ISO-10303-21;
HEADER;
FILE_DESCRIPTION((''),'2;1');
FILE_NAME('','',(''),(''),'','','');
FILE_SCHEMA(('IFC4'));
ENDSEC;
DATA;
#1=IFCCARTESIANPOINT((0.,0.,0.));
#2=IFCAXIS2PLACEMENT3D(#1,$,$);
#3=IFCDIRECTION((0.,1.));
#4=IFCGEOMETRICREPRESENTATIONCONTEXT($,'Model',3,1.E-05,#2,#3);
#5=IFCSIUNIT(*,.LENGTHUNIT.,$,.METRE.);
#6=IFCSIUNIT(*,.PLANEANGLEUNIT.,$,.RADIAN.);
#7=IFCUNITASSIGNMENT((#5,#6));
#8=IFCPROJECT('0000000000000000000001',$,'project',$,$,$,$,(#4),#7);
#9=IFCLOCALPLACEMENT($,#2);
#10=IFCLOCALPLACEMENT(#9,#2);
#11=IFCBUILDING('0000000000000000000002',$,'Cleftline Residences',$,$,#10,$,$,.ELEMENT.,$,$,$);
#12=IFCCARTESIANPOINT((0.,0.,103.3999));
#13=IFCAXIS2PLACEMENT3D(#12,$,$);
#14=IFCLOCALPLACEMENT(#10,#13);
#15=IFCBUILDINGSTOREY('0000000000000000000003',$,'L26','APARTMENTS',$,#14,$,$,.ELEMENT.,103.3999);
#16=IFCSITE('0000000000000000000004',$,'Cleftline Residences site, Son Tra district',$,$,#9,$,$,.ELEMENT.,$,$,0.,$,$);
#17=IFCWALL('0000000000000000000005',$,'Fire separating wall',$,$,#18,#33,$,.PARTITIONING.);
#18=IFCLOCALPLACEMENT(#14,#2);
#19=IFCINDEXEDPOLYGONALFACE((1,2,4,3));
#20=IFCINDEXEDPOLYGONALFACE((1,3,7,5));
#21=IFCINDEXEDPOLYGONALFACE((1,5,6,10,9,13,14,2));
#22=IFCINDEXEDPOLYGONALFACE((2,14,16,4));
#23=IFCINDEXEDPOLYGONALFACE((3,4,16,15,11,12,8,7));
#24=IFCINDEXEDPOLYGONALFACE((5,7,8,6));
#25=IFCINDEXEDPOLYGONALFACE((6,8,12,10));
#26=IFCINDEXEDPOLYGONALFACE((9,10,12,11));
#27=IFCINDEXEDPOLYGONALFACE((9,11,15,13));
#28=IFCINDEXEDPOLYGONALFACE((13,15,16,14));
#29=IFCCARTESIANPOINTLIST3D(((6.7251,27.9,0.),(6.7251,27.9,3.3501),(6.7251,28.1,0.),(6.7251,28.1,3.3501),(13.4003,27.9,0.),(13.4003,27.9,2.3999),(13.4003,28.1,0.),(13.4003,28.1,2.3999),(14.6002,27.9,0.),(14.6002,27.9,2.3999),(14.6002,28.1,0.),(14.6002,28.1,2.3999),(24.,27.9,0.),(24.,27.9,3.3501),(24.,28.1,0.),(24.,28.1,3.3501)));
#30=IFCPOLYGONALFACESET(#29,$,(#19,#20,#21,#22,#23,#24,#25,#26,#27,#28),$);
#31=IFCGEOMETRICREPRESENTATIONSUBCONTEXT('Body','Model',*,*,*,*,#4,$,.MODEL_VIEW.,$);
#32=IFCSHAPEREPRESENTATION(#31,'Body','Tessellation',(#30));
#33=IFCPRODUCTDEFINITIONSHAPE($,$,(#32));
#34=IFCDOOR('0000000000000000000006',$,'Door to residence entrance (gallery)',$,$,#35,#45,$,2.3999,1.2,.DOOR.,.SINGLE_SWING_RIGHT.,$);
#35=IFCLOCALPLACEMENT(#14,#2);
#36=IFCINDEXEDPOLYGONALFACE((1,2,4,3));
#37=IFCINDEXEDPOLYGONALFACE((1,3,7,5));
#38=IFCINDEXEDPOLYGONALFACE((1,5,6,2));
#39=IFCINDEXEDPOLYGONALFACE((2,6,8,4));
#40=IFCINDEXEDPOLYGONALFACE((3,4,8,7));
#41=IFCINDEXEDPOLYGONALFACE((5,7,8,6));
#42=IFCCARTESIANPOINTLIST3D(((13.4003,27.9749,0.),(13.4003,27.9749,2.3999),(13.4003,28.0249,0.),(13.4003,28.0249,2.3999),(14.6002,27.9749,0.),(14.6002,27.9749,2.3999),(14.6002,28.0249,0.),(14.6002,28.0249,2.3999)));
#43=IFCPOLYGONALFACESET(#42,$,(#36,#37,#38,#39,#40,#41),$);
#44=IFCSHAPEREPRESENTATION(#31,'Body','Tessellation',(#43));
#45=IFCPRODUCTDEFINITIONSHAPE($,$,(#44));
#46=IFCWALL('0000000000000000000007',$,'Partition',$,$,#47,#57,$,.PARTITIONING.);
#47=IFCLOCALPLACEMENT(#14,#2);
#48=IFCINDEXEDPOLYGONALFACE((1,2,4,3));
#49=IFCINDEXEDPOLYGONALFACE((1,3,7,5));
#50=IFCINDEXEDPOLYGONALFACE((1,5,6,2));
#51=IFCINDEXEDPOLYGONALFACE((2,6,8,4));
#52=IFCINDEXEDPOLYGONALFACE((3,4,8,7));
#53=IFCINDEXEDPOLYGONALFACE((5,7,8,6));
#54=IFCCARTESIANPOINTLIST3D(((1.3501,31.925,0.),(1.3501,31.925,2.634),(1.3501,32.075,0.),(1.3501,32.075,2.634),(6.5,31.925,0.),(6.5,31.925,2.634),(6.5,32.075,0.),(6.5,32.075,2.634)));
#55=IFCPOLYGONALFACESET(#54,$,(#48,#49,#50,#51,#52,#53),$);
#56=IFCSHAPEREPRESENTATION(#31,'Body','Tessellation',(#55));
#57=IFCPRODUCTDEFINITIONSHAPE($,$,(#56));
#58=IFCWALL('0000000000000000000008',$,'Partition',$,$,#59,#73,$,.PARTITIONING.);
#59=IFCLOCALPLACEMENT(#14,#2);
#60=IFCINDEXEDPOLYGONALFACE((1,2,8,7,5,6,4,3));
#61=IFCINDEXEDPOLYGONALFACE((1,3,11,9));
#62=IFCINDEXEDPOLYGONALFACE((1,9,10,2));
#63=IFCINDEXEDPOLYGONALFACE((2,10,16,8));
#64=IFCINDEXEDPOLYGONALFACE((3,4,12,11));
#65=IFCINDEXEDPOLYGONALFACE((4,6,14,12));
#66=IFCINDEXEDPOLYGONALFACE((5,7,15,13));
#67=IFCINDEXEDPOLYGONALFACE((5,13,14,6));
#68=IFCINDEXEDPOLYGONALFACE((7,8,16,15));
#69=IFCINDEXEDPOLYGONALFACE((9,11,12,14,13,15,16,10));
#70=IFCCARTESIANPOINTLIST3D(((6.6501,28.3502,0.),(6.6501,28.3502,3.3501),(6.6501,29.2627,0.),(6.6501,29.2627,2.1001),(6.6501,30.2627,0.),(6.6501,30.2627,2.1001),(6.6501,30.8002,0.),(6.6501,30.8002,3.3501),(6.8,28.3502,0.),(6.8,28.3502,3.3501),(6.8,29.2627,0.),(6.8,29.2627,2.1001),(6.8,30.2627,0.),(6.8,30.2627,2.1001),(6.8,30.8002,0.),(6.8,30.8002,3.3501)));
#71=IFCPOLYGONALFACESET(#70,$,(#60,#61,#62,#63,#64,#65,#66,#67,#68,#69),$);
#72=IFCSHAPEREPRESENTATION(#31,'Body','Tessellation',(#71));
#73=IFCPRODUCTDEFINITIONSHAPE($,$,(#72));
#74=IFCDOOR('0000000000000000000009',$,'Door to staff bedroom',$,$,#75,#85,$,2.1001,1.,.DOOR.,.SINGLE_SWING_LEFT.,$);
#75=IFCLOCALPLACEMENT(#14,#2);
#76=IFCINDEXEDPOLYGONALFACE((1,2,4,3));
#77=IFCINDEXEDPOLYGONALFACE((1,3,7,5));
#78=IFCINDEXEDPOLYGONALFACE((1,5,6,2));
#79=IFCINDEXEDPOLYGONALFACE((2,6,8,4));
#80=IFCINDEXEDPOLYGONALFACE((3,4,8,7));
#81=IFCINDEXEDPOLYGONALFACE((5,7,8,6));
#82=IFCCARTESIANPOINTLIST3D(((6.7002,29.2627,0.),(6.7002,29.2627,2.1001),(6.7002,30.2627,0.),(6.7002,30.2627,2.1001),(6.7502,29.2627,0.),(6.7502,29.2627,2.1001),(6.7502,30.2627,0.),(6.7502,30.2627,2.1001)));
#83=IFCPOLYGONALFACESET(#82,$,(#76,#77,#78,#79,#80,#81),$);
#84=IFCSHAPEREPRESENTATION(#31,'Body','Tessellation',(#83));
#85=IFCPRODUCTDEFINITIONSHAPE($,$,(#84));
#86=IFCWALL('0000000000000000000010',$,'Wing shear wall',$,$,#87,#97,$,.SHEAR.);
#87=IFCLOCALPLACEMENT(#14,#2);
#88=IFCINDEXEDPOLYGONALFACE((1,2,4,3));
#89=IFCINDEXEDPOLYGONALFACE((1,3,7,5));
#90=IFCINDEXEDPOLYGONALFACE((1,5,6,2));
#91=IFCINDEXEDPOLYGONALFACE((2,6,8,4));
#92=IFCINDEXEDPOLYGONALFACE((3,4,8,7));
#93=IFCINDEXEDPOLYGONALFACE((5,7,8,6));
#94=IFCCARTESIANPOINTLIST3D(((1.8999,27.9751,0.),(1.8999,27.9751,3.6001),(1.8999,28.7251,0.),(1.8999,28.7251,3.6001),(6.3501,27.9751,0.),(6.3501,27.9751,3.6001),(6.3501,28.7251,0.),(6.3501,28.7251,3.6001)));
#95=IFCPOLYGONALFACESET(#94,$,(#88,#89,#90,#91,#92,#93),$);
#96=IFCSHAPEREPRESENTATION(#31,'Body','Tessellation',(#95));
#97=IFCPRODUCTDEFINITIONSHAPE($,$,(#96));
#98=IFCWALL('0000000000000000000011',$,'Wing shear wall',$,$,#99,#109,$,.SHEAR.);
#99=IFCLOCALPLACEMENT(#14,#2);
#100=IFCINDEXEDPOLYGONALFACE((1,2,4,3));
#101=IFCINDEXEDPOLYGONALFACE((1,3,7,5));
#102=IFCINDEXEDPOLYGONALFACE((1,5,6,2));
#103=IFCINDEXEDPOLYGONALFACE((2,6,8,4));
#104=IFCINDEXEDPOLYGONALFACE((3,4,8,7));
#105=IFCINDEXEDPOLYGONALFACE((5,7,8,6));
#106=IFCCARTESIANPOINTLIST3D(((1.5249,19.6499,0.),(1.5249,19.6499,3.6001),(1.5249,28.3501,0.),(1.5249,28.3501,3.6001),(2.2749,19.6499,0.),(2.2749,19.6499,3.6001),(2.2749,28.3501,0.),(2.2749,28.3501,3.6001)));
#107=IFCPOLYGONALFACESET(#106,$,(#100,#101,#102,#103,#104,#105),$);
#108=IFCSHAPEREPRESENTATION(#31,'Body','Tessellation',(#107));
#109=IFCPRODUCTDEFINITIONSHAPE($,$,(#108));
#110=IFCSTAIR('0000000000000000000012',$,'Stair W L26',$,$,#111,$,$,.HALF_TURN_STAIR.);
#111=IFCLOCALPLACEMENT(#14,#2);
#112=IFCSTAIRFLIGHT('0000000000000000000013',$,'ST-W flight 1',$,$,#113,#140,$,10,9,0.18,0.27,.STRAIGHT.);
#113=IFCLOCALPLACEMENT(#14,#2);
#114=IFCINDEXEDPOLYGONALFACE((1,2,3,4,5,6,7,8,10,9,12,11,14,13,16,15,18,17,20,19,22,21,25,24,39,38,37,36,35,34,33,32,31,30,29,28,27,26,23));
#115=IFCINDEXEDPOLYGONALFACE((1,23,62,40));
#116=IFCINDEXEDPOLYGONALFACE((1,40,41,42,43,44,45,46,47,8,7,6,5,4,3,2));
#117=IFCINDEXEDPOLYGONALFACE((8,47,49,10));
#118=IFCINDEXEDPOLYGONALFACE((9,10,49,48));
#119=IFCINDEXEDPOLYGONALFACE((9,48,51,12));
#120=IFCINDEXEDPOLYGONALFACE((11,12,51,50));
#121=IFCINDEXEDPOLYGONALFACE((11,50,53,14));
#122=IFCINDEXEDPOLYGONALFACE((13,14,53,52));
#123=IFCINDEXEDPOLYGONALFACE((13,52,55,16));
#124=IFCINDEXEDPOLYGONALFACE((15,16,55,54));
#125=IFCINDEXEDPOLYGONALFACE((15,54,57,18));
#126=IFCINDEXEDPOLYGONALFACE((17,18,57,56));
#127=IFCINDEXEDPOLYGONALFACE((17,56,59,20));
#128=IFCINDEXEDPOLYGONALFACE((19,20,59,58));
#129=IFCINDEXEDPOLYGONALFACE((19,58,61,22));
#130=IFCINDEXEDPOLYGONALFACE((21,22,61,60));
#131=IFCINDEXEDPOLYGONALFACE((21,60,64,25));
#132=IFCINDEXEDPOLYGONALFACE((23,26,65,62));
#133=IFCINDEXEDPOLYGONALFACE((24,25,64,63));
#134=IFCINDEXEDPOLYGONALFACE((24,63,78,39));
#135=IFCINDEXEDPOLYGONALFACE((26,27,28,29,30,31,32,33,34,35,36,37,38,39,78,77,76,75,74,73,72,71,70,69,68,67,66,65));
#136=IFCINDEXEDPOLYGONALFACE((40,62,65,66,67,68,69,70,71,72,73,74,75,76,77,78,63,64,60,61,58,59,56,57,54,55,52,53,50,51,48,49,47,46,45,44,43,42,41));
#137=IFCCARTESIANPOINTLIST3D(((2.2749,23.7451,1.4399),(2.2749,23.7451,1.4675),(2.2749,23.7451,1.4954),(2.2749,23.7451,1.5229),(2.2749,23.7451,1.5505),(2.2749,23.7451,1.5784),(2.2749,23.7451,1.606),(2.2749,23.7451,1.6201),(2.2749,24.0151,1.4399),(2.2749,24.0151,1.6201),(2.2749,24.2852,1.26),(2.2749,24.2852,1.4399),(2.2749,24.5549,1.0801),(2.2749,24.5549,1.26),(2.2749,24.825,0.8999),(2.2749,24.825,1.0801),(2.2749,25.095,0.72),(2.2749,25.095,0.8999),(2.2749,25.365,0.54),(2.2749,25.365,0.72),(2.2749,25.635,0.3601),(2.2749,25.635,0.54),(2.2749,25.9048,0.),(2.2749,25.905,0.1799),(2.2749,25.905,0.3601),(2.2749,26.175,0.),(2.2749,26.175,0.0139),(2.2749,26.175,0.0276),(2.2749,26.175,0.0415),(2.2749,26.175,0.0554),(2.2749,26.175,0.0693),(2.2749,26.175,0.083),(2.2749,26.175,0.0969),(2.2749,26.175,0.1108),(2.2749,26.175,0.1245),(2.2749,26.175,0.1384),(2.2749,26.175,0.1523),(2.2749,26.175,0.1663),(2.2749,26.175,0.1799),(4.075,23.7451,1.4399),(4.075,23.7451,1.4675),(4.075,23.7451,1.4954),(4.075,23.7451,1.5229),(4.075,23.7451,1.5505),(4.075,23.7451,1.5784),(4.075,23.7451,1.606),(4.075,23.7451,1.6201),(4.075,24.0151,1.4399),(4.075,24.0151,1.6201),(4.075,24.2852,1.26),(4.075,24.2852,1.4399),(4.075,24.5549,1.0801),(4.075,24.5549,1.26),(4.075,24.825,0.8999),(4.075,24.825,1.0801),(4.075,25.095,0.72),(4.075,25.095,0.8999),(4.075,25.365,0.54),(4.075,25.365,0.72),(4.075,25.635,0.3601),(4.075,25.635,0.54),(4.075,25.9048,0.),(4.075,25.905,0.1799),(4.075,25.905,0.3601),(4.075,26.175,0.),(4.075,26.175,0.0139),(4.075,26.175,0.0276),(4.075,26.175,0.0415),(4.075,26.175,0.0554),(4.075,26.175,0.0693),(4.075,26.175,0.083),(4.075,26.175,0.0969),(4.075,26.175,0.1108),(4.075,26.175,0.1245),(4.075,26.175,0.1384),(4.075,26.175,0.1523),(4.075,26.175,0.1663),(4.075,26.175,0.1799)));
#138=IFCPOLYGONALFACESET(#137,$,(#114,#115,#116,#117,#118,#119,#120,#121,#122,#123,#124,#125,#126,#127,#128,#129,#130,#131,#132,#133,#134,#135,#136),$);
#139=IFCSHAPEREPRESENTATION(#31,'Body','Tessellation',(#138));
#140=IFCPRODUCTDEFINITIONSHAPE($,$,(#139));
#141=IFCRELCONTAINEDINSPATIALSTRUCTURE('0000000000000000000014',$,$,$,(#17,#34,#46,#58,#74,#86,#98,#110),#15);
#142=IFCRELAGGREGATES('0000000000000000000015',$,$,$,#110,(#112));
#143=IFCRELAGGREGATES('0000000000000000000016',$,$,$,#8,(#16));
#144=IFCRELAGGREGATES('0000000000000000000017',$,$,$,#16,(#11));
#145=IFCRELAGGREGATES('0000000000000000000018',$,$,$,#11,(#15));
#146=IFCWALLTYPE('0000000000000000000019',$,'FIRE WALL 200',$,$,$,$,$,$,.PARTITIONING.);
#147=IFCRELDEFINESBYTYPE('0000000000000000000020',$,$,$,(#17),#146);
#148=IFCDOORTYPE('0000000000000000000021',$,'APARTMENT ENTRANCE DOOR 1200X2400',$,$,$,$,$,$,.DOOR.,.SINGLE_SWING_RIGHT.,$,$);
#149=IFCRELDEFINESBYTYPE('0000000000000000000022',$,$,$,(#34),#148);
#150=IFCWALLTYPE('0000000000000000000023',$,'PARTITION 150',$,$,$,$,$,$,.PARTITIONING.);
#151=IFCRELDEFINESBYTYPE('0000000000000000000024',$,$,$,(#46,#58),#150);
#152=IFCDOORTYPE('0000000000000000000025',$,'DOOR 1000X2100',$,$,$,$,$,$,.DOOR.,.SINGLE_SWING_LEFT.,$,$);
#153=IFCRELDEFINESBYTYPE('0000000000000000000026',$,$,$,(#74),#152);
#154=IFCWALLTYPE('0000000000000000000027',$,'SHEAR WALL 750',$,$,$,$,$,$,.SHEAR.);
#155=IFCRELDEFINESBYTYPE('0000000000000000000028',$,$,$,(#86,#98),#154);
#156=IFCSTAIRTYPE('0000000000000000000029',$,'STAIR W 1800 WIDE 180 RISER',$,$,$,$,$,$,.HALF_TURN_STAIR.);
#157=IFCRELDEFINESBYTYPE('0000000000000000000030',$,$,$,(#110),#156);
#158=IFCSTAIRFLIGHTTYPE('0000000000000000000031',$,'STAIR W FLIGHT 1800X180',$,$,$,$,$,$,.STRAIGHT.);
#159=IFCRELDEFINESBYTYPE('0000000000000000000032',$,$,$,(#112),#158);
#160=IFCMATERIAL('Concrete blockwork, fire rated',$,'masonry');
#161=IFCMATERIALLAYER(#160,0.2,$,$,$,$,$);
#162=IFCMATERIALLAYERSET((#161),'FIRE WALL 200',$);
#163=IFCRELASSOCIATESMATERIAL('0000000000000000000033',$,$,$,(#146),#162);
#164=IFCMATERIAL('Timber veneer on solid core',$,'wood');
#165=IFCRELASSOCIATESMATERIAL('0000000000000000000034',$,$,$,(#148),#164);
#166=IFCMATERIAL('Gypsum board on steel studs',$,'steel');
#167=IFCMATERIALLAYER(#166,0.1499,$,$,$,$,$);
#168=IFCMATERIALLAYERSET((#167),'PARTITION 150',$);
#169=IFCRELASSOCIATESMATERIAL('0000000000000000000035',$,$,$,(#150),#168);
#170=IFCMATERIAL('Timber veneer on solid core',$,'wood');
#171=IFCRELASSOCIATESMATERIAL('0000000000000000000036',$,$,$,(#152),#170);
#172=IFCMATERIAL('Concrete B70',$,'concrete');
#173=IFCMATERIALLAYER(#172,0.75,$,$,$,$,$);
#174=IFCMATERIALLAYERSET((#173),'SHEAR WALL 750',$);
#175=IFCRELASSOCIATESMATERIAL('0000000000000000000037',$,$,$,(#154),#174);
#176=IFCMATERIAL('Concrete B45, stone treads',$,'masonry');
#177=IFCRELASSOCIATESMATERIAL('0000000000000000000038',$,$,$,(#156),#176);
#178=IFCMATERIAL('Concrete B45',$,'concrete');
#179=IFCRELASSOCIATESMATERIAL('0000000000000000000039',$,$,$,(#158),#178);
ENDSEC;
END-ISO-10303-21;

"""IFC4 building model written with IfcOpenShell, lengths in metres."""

from ifc_helpers import new_model, si_unit, direction, frame, frame_2d, origin, place, context, subcontext, project, spatial, polyline, rectangle, outline, extrude, material, layer, layer_set, type_object, element, fill, aggregate, save


model = new_model("IFC4")

# Units and contexts
model_context = context("Model", 3, precision=1e-05, world=origin(), true_north=direction((0.0, 1.0)))
body_context = subcontext(model_context, "Body", "Model", "MODEL_VIEW")
ifc_project = project(units=[si_unit("LENGTHUNIT", "METRE"), si_unit("PLANEANGLEUNIT", "RADIAN")], contexts=[model_context])

# Site, building, storey
site_placement = place(None, origin())
site = spatial("IfcSite", under=ifc_project, at=site_placement, Name="Cleftline Residences site, Son Tra district", CompositionType="ELEMENT", RefElevation=0.0)
building_placement = place(site_placement, origin())
building = spatial("IfcBuilding", under=site, at=building_placement, Name="Cleftline Residences", CompositionType="ELEMENT")
storey_placement = place(building_placement, frame((0.0, 0.0, 103.3999)))
storey = spatial("IfcBuildingStorey", under=building, at=storey_placement, Name="L26", Description="APARTMENTS", CompositionType="ELEMENT", Elevation=103.3999)

# Wall, opening, door
ifc_material_1 = material(Name="Concrete blockwork, fire rated", Category="masonry")
ifc_layer_1 = layer(ifc_material_1, 0.2)
ifc_layer_set_1 = layer_set([ifc_layer_1], Name="FIRE WALL 200")
wall_type_1 = type_object("IfcWallType", Name="FIRE WALL 200", PredefinedType="PARTITIONING", material=ifc_layer_set_1)
wall_1_placement = place(storey_placement, frame((6.7251, 28.0, 0.0), z_axis=(0.0, 0.0, 1.0), x_axis=(1.0, 0.0, 0.0)))
wall_1 = element("IfcWall", 1, at=wall_1_placement, inside=storey, type_object=wall_type_1, Name="Fire separating wall", PredefinedType="PARTITIONING", context=body_context, shape_type="SweptSolid", body=[
    extrude(rectangle(XDim=17.2749, YDim=0.2, at=frame_2d((8.6375, 0.0))), origin(), (0.0, 0.0, 1.0), 3.3501),
])
opening_1_placement = place(wall_1_placement, frame((6.675, 0.0, 0.0)))
opening_1 = element("IfcOpeningElement", 2, at=opening_1_placement, cuts=wall_1, PredefinedType="OPENING", context=body_context, shape_type="SweptSolid", body=[
    extrude(rectangle(XDim=1.2, YDim=2.3999, at=frame_2d((0.6001, 1.2))), frame((0.0, 0.1099, 0.0), z_axis=(0.0, -1.0, 0.0), x_axis=(1.0, 0.0, 0.0)), (0.0, 0.0, 1.0), 0.22),
])
ifc_material_2 = material(Name="Timber veneer on solid core", Category="wood")
door_type_1 = type_object("IfcDoorType", Name="APARTMENT ENTRANCE DOOR 1200X2400", OperationType="SINGLE_SWING_RIGHT", PredefinedType="DOOR", material=ifc_material_2)
door_1_placement = place(opening_1_placement, origin())
door_1 = element("IfcDoor", 3, at=door_1_placement, inside=storey, type_object=door_type_1, Name="Door to residence entrance (gallery)", OperationType="SINGLE_SWING_RIGHT", OverallHeight=2.3999, OverallWidth=1.2, PredefinedType="DOOR", context=body_context, shape_type="SweptSolid", body=[
    extrude(rectangle(XDim=1.2, YDim=2.3999, at=frame_2d((0.6001, 1.2))), frame((0.0, 0.0249, 0.0), z_axis=(0.0, -1.0, 0.0), x_axis=(1.0, 0.0, 0.0)), (0.0, 0.0, 1.0), 0.05),
])
fill(opening_1, door_1)

# Wall
ifc_material_3 = material(Name="Gypsum board on steel studs", Category="steel")
ifc_layer_2 = layer(ifc_material_3, 0.1499)
ifc_layer_set_2 = layer_set([ifc_layer_2], Name="PARTITION 150")
wall_type_2 = type_object("IfcWallType", Name="PARTITION 150", PredefinedType="PARTITIONING", material=ifc_layer_set_2)
wall_2_placement = place(storey_placement, frame((1.3501, 32.0, 0.0), z_axis=(0.0, 0.0, 1.0), x_axis=(1.0, 0.0, 0.0)))
element("IfcWall", 4, at=wall_2_placement, inside=storey, type_object=wall_type_2, Name="Partition", PredefinedType="PARTITIONING", context=body_context, shape_type="SweptSolid", body=[
    extrude(rectangle(XDim=5.1499, YDim=0.1499, at=frame_2d((2.575, 0.0))), origin(), (0.0, 0.0, 1.0), 2.634),
])

# Wall, opening, door
wall_3_placement = place(storey_placement, frame((6.7251, 28.3501, 0.0), z_axis=(0.0, 0.0, 1.0), x_axis=(0.0, 1.0, 0.0)))
wall_3 = element("IfcWall", 5, at=wall_3_placement, inside=storey, type_object=wall_type_2, Name="Partition", PredefinedType="PARTITIONING", context=body_context, shape_type="SweptSolid", body=[
    extrude(rectangle(XDim=2.45, YDim=0.1499, at=frame_2d((1.2251, 0.0))), origin(), (0.0, 0.0, 1.0), 3.3501),
])
opening_2_placement = place(wall_3_placement, frame((0.9126, 0.0, 0.0)))
opening_2 = element("IfcOpeningElement", 6, at=opening_2_placement, cuts=wall_3, PredefinedType="OPENING", context=body_context, shape_type="SweptSolid", body=[
    extrude(rectangle(XDim=1.0, YDim=2.1001, at=frame_2d((0.5, 1.05))), frame((0.0, 0.085, 0.0), z_axis=(0.0, -1.0, 0.0), x_axis=(1.0, 0.0, 0.0)), (0.0, 0.0, 1.0), 0.1699),
])
ifc_material_4 = material(Name="Timber veneer on solid core", Category="wood")
door_type_2 = type_object("IfcDoorType", Name="DOOR 1000X2100", OperationType="SINGLE_SWING_LEFT", PredefinedType="DOOR", material=ifc_material_4)
door_2_placement = place(opening_2_placement, origin())
door_2 = element("IfcDoor", 7, at=door_2_placement, inside=storey, type_object=door_type_2, Name="Door to staff bedroom", OperationType="SINGLE_SWING_LEFT", OverallHeight=2.1001, OverallWidth=1.0, PredefinedType="DOOR", context=body_context, shape_type="SweptSolid", body=[
    extrude(rectangle(XDim=1.0, YDim=2.1001, at=frame_2d((0.5, 1.05))), frame((0.0, 0.0249, 0.0), z_axis=(0.0, -1.0, 0.0), x_axis=(1.0, 0.0, 0.0)), (0.0, 0.0, 1.0), 0.05),
])
fill(opening_2, door_2)

# Walls
ifc_material_5 = material(Name="Concrete B70", Category="concrete")
ifc_layer_3 = layer(ifc_material_5, 0.75)
ifc_layer_set_3 = layer_set([ifc_layer_3], Name="SHEAR WALL 750")
wall_type_3 = type_object("IfcWallType", Name="SHEAR WALL 750", PredefinedType="SHEAR", material=ifc_layer_set_3)
wall_4_placement = place(storey_placement, frame((6.3501, 28.3501, 0.0), z_axis=(0.0, 0.0, 1.0), x_axis=(-1.0, 0.0, 0.0)))
element("IfcWall", 8, at=wall_4_placement, inside=storey, type_object=wall_type_3, Name="Wing shear wall", PredefinedType="SHEAR", context=body_context, shape_type="SweptSolid", body=[
    extrude(rectangle(XDim=4.4502, YDim=0.75, at=frame_2d((2.2251, 0.0))), origin(), (0.0, 0.0, 1.0), 3.6001),
])
wall_5_placement = place(storey_placement, frame((1.8999, 28.3501, 0.0), z_axis=(0.0, 0.0, 1.0), x_axis=(0.0, -1.0, 0.0)))
element("IfcWall", 9, at=wall_5_placement, inside=storey, type_object=wall_type_3, Name="Wing shear wall", PredefinedType="SHEAR", context=body_context, shape_type="SweptSolid", body=[
    extrude(rectangle(XDim=8.7002, YDim=0.75, at=frame_2d((4.3501, 0.0))), origin(), (0.0, 0.0, 1.0), 3.6001),
])

# Stair, stair flight
ifc_material_6 = material(Name="Concrete B45, stone treads", Category="masonry")
stair_type = type_object("IfcStairType", Name="STAIR W 1800 WIDE 180 RISER", PredefinedType="HALF_TURN_STAIR", material=ifc_material_6)
stair_placement = place(storey_placement, origin())
stair = element("IfcStair", 10, at=stair_placement, inside=storey, type_object=stair_type, Name="Stair W L26", PredefinedType="HALF_TURN_STAIR")
ifc_material_7 = material(Name="Concrete B45", Category="concrete")
stair_flight_type = type_object("IfcStairFlightType", Name="STAIR W FLIGHT 1800X180", PredefinedType="STRAIGHT", material=ifc_material_7)
stair_flight_1_placement = place(storey_placement, frame((3.175, 26.175, 0.0), z_axis=(0.0, 0.0, 1.0), x_axis=(0.0, -1.0, 0.0)))
stair_flight_1 = element("IfcStairFlight", 11, at=stair_flight_1_placement, type_object=stair_flight_type, Name="ST-W flight 1", NumberOfRisers=10, NumberOfTreads=9, PredefinedType="STRAIGHT", RiserHeight=0.18, TreadLength=0.27, context=body_context, shape_type="SweptSolid", body=[
    extrude(outline(polyline([(0.0, 0.0), (0.0, 0.0139), (0.0, 0.0276), (0.0, 0.0415), (0.0, 0.0554), (0.0, 0.0693), (0.0, 0.083), (0.0, 0.0969), (0.0, 0.1108), (0.0, 0.1245), (0.0, 0.1384), (0.0, 0.1523), (0.0, 0.1663), (0.0, 0.1799), (0.27, 0.1799), (0.27, 0.3601), (0.54, 0.3601), (0.54, 0.54), (0.8101, 0.54), (0.8101, 0.72), (1.0801, 0.72), (1.0801, 0.8999), (1.3501, 0.8999), (1.3501, 1.0801), (1.6201, 1.0801), (1.6201, 1.26), (1.8899, 1.26), (1.8899, 1.4399), (2.1599, 1.4399), (2.1599, 1.6201), (2.4299, 1.6201), (2.4299, 1.8), (2.4299, 1.7722), (2.4299, 1.7446), (2.4299, 1.7168), (2.4299, 1.6892), (2.4299, 1.6614), (2.4299, 1.6338), (2.4299, 1.606), (2.4299, 1.5784), (2.4299, 1.5505), (2.4299, 1.5229), (2.4299, 1.4954), (2.4299, 1.4675), (2.4299, 1.4399), (0.2703, 0.0), (0.0, 0.0)])), frame((0.0, 0.8999, 0.0), z_axis=(0.0, -1.0, 0.0), x_axis=(1.0, 0.0, 0.0)), (0.0, 0.0, 1.0), 1.8),
])
aggregate(stair, [stair_flight_1])

save(model, "model.ifc")
